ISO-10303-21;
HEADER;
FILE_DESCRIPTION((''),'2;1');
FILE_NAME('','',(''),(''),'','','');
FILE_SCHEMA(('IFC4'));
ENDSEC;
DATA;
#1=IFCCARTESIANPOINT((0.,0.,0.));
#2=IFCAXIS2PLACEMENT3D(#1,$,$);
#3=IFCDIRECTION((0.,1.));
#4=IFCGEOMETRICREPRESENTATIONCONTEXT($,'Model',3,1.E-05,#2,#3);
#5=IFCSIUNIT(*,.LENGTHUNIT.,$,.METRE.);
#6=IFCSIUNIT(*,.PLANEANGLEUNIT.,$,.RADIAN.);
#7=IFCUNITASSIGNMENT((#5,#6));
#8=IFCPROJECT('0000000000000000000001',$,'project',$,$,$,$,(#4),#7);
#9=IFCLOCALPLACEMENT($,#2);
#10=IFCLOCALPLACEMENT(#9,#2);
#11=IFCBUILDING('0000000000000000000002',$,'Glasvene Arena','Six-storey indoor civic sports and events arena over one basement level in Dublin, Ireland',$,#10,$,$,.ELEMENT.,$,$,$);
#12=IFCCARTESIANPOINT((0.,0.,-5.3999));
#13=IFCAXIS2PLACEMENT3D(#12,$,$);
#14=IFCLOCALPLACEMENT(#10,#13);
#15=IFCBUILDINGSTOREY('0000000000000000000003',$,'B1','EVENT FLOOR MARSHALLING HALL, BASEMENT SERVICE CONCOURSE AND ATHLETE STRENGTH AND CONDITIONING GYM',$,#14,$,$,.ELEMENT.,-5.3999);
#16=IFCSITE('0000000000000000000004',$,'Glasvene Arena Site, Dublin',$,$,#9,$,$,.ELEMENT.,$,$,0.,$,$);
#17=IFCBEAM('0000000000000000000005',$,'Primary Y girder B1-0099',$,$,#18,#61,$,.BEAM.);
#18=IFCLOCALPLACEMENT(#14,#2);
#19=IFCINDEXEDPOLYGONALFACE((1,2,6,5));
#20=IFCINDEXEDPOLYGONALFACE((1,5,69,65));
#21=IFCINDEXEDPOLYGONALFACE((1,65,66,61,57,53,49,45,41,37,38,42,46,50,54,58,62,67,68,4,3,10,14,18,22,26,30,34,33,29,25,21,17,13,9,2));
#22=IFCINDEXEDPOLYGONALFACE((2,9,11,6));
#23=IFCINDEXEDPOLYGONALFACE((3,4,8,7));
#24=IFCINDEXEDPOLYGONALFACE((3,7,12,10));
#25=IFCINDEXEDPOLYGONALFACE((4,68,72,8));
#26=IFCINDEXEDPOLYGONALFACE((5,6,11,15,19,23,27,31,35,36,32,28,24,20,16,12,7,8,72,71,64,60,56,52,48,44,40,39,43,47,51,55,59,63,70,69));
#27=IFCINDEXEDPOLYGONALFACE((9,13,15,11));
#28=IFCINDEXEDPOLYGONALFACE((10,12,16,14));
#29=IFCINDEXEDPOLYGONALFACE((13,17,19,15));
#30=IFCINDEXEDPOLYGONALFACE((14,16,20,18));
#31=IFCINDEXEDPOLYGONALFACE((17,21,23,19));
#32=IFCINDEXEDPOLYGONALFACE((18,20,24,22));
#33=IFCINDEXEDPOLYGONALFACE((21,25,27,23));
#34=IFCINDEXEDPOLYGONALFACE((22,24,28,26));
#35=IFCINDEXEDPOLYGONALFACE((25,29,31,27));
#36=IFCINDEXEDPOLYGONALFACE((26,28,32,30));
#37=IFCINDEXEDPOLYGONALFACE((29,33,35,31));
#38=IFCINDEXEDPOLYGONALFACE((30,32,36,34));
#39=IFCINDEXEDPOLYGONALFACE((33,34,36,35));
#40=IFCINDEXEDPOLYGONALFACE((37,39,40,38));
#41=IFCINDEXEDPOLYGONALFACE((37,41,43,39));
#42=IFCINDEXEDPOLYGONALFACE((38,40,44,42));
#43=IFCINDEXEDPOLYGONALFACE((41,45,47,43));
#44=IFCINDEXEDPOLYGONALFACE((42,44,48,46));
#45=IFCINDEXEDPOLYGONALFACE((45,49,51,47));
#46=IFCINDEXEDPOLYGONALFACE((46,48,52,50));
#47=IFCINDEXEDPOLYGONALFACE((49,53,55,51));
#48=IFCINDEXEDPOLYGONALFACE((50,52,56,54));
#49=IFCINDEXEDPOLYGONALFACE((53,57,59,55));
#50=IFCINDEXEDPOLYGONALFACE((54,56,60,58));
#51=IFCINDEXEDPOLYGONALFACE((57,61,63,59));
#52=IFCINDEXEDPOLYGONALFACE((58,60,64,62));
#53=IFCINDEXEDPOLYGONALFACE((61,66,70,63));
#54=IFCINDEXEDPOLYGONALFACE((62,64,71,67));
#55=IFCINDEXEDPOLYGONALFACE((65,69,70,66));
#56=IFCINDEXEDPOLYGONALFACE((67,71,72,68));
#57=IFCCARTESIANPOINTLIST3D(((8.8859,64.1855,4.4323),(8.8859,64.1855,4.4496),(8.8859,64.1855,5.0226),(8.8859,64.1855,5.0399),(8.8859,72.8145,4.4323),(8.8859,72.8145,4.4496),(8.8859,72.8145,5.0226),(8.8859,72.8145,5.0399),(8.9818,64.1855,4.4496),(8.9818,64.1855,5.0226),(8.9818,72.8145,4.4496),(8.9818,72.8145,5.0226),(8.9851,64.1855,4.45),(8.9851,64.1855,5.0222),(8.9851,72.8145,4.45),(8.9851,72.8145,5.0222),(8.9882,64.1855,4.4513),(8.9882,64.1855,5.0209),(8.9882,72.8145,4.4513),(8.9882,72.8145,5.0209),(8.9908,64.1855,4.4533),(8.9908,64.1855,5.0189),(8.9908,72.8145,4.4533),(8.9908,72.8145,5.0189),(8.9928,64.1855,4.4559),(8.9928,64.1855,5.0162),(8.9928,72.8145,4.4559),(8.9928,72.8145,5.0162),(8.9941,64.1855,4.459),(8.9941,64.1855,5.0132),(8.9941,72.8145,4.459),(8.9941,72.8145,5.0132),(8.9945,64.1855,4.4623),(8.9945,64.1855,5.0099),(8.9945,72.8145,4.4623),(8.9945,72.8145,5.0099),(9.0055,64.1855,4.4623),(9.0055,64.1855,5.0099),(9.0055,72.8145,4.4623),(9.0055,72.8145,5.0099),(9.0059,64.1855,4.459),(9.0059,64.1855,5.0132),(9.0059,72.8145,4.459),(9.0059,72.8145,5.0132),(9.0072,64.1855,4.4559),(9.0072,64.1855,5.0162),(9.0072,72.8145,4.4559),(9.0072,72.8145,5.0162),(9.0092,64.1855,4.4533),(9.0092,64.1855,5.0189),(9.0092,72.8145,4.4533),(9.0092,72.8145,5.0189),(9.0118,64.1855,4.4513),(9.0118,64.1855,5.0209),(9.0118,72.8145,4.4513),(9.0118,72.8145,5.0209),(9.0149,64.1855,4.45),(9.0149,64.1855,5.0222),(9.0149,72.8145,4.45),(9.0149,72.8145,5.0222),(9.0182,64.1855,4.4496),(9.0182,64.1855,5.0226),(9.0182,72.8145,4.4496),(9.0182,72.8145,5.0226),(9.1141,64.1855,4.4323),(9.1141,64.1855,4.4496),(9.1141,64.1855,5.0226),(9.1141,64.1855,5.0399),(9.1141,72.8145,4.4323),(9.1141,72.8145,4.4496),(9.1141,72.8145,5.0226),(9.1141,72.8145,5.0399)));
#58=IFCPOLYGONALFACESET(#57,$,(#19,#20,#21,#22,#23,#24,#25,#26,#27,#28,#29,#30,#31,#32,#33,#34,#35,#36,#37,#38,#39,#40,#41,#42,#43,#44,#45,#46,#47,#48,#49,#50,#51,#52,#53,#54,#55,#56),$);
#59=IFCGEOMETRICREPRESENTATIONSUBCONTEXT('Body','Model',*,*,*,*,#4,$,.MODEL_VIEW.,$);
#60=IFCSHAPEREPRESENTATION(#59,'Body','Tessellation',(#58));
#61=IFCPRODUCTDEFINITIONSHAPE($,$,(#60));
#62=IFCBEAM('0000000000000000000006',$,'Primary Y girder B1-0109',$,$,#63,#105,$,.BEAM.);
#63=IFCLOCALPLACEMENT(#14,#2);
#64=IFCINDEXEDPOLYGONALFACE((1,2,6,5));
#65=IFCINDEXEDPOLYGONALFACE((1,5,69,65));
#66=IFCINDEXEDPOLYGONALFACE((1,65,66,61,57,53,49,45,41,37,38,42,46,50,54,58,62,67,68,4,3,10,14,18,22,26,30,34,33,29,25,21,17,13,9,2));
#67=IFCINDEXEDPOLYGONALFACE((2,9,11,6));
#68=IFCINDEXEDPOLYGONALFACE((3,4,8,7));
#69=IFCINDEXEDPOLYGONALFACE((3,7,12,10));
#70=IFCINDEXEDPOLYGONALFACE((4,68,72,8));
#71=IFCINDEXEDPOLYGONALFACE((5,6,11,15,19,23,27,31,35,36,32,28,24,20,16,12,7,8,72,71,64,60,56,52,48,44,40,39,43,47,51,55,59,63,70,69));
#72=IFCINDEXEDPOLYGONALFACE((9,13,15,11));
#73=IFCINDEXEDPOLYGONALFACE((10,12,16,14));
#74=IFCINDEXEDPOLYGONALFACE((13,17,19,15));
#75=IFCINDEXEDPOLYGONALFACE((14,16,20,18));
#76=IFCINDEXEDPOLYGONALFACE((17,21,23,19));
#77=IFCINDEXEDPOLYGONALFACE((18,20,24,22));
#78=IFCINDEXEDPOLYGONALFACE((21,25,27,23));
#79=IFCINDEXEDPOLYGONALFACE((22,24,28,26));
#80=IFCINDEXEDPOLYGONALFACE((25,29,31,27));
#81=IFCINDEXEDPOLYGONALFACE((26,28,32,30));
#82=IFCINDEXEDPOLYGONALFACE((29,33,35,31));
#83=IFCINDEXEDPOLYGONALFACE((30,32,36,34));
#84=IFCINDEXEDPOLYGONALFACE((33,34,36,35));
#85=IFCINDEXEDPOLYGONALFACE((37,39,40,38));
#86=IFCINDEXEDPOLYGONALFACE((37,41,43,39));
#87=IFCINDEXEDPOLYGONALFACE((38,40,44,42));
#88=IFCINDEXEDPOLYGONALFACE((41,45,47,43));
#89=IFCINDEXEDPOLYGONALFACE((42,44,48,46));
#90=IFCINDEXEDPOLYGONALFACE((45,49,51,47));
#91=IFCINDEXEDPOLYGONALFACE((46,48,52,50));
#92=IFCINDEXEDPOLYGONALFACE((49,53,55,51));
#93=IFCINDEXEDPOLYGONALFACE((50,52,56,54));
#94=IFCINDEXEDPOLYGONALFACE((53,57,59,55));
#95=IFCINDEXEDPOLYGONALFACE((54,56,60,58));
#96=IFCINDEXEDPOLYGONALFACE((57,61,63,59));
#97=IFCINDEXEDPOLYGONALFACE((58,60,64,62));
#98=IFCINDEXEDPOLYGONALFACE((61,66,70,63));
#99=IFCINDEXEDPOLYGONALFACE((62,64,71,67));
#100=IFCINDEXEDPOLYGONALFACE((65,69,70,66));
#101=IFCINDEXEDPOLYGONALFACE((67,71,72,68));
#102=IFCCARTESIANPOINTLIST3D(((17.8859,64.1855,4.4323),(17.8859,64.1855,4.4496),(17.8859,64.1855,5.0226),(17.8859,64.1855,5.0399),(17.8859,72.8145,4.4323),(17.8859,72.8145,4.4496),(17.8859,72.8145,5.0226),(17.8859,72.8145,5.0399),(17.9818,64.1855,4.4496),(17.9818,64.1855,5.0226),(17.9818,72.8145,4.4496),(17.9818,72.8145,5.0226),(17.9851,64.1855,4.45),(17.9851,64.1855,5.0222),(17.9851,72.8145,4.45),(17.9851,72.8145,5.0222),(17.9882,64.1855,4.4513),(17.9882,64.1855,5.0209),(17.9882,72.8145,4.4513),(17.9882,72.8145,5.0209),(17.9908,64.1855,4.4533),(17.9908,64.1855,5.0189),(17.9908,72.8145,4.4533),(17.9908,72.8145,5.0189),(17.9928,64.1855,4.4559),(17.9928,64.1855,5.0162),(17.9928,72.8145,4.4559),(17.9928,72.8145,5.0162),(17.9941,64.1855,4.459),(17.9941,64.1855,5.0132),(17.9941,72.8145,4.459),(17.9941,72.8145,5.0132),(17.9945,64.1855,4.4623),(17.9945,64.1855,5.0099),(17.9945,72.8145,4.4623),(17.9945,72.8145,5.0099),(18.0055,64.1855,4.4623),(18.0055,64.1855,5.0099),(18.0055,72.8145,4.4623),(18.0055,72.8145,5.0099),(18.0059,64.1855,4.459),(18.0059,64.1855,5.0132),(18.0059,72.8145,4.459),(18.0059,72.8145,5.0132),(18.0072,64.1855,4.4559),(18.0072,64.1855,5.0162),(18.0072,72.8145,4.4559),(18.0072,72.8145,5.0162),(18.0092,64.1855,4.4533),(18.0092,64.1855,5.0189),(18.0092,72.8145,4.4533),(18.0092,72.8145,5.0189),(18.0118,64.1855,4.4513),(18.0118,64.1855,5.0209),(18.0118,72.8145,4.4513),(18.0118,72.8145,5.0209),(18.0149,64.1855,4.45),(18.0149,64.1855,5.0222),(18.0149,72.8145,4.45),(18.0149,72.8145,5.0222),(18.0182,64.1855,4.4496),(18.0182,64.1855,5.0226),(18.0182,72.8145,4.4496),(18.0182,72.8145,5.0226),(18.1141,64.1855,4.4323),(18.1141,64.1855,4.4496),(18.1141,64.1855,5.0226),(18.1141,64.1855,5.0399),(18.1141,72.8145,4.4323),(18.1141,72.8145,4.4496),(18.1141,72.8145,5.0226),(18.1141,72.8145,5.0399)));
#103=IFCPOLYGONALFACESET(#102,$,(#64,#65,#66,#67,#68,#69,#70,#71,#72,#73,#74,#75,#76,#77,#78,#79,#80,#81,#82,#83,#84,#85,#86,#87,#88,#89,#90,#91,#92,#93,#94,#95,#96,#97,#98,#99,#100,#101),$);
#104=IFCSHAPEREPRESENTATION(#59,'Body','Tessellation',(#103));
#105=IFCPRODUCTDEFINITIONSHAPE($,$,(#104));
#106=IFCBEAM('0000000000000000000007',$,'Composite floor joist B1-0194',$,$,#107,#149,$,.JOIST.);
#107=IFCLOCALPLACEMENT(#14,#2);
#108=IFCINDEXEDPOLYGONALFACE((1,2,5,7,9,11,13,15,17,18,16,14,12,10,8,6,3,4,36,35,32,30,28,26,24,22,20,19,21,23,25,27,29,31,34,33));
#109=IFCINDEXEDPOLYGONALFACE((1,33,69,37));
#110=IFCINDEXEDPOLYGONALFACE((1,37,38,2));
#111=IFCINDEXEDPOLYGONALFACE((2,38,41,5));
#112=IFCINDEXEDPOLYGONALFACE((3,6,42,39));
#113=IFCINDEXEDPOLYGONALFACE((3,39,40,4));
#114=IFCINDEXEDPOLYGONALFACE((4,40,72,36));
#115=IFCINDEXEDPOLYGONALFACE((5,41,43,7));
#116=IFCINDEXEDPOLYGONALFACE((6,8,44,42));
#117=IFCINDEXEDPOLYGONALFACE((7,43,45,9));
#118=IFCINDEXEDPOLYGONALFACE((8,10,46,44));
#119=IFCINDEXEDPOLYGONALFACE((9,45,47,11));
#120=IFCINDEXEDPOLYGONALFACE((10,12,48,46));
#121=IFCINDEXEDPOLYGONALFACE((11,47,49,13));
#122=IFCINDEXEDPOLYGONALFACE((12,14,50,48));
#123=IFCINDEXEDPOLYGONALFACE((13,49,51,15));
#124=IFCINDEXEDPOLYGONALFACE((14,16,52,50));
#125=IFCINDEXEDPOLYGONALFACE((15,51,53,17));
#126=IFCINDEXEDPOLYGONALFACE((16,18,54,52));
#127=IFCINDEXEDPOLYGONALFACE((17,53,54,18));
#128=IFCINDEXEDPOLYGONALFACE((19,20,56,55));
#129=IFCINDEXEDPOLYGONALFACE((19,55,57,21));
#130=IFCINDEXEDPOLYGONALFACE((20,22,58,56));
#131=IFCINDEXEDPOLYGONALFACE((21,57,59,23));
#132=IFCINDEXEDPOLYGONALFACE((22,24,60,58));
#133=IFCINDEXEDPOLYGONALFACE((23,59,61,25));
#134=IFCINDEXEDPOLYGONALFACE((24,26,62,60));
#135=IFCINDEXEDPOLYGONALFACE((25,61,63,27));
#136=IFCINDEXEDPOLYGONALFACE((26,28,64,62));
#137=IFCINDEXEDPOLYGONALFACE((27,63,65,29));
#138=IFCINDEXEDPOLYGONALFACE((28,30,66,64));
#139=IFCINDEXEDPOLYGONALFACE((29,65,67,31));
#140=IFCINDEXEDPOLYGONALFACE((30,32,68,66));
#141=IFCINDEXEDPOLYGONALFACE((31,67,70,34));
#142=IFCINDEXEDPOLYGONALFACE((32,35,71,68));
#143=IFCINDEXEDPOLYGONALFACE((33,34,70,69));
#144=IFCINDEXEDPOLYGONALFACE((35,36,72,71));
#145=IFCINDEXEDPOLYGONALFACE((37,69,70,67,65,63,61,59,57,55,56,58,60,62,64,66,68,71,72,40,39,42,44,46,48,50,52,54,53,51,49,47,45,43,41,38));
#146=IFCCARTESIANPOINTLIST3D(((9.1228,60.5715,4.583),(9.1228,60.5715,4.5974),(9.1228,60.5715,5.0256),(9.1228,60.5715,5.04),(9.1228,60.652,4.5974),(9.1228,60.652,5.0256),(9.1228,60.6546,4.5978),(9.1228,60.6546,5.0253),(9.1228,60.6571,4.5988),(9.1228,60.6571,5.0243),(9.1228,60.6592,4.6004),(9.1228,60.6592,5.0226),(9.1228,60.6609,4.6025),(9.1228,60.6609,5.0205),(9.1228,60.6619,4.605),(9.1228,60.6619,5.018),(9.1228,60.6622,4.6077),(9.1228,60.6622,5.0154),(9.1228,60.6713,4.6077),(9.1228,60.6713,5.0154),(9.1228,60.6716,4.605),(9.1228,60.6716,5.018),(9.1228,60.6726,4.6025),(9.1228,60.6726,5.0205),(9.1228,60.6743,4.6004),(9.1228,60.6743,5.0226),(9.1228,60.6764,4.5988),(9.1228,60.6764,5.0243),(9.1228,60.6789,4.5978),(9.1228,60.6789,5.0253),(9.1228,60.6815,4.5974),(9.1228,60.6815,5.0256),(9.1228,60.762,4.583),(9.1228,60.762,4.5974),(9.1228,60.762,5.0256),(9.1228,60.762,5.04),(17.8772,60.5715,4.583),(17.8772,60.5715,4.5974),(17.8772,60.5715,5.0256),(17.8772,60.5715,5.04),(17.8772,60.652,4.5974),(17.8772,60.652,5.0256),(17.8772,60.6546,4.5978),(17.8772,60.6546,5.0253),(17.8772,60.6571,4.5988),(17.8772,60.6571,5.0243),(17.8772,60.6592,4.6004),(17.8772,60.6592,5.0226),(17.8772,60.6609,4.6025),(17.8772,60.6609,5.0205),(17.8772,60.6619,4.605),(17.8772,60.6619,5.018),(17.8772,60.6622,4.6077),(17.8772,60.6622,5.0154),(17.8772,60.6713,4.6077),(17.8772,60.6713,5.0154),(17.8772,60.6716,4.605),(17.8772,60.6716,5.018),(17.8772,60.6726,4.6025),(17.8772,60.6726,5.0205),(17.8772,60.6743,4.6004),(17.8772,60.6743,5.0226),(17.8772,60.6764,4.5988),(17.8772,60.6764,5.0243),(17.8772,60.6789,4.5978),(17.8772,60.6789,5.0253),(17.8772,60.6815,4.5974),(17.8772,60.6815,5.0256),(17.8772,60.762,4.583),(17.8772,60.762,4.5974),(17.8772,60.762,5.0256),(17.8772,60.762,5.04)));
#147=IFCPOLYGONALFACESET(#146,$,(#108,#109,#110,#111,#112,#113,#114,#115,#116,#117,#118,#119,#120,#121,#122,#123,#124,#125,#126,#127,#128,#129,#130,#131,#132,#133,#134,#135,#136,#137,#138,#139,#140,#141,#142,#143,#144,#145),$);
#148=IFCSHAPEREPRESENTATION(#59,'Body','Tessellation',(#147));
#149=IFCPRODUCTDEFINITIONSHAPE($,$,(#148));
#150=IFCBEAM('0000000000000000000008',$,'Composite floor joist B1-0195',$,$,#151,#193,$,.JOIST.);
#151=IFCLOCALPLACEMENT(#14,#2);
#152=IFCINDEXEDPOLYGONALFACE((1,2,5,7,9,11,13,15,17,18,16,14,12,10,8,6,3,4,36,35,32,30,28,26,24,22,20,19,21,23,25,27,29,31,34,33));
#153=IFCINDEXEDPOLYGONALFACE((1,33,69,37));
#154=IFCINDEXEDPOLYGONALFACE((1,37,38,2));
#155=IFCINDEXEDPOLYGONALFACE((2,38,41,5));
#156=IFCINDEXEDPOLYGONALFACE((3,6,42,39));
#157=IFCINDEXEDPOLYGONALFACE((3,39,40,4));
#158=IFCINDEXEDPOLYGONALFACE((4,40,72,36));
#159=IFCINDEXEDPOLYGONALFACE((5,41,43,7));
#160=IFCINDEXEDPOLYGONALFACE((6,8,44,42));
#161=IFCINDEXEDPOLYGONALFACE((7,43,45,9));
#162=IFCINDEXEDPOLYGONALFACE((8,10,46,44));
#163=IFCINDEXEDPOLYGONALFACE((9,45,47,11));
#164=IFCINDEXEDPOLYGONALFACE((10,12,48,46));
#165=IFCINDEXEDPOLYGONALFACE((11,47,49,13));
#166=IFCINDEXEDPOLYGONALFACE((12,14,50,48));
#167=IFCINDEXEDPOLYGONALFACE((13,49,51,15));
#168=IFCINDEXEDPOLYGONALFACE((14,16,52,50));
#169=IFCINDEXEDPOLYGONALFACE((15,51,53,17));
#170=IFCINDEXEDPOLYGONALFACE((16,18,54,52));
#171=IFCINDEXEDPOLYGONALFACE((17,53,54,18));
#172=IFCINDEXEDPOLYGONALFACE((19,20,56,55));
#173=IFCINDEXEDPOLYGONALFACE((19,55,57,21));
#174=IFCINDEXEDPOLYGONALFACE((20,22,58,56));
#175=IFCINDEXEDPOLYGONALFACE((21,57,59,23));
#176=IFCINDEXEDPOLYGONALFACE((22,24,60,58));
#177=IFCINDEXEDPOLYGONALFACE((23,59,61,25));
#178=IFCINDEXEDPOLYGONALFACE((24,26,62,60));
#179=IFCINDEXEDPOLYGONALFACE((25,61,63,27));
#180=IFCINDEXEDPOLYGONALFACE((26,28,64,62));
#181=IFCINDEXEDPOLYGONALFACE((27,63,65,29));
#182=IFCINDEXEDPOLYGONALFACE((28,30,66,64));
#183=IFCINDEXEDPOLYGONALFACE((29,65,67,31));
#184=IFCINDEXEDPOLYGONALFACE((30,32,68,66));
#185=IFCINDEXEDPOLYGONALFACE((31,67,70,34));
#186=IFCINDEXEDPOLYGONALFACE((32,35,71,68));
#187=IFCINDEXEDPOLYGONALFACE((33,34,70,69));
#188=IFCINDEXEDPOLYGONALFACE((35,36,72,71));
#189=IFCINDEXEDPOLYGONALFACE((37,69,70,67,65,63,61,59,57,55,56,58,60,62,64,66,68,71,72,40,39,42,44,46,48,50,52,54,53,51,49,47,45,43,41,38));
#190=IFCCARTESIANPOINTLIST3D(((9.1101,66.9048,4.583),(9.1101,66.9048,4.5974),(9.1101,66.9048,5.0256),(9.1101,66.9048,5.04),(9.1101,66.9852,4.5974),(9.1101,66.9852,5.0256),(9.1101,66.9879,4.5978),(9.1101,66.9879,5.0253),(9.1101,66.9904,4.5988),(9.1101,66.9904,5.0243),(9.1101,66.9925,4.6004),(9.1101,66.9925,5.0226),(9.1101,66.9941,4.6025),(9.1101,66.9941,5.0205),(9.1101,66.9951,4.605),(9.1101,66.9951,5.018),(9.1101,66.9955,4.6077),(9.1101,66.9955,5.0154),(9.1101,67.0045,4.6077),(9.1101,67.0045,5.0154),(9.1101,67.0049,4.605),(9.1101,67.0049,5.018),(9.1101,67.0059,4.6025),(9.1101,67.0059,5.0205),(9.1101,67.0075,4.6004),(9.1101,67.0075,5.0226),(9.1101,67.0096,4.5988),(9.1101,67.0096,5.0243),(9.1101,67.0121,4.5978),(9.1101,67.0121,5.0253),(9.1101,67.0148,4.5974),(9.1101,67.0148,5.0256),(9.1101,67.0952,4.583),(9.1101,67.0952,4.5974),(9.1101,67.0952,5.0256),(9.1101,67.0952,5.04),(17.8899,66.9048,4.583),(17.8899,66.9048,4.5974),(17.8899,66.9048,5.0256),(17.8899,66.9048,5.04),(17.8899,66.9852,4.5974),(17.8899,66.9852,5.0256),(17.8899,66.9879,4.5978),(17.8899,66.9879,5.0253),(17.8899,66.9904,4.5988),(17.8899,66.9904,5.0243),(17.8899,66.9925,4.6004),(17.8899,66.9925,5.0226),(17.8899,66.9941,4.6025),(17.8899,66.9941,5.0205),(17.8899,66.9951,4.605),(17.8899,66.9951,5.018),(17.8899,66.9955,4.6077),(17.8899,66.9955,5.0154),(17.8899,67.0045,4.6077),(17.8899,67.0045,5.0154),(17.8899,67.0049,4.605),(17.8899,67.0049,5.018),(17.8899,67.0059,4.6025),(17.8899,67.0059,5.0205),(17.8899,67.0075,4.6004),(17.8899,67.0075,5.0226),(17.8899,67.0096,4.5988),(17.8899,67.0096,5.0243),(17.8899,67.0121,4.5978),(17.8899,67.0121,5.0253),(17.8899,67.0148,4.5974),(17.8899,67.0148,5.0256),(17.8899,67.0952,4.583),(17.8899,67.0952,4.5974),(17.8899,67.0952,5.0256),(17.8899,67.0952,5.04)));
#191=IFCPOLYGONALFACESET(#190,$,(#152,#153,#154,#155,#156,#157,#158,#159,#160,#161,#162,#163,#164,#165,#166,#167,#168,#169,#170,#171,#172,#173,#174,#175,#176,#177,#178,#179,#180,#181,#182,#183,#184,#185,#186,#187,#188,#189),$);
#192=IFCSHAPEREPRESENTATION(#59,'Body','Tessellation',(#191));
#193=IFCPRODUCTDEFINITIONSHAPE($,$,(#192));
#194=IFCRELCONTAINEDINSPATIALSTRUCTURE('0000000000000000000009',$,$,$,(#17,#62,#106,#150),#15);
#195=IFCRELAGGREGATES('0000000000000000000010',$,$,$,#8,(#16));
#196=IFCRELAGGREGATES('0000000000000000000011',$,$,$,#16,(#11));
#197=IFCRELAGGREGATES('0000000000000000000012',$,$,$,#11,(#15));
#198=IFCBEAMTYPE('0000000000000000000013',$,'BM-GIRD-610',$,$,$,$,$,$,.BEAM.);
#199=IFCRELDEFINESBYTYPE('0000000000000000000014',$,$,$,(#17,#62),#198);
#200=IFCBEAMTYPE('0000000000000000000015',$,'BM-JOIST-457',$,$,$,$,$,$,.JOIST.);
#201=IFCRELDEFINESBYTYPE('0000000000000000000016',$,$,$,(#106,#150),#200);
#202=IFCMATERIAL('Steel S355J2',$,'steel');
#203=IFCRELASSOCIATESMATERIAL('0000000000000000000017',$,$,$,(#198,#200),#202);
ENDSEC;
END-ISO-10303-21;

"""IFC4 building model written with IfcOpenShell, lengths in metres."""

from ifc_helpers import new_model, si_unit, direction, frame, origin, origin_2d, place, context, subcontext, project, spatial, i_section, extrude, material, material_profile, profile_set, type_object, element, save


model = new_model("IFC4")

# Units and contexts
model_context = context("Model", 3, precision=1e-05, world=origin(), true_north=direction((0.0, 1.0)))
body_context = subcontext(model_context, "Body", "Model", "MODEL_VIEW")
ifc_project = project(units=[si_unit("LENGTHUNIT", "METRE"), si_unit("PLANEANGLEUNIT", "RADIAN")], contexts=[model_context])

# Site, building, storey
site_placement = place(None, origin())
site = spatial("IfcSite", under=ifc_project, at=site_placement, Name="Glasvene Arena Site, Dublin", CompositionType="ELEMENT", RefElevation=0.0)
building_placement = place(site_placement, origin())
building = spatial("IfcBuilding", under=site, at=building_placement, Name="Glasvene Arena", Description="Six-storey indoor civic sports and events arena over one basement level in Dublin, Ireland", CompositionType="ELEMENT")
storey_placement = place(building_placement, frame((0.0, 0.0, -5.3999)))
storey = spatial("IfcBuildingStorey", under=building, at=storey_placement, Name="B1", Description="EVENT FLOOR MARSHALLING HALL, BASEMENT SERVICE CONCOURSE AND ATHLETE STRENGTH AND CONDITIONING GYM", CompositionType="ELEMENT", Elevation=-5.3999)

# Shared definitions
ifc_material_1 = material(Name="Steel S355J2", Category="steel")

# Beams
ifc_material_profile_1 = material_profile(ifc_material_1, i_section(OverallWidth=0.2283, OverallDepth=0.6077, WebThickness=0.011, FlangeThickness=0.0173, FilletRadius=0.0127, at=origin_2d()), Name="UKB 610x229x113")
ifc_profile_set_1 = profile_set([ifc_material_profile_1], Name="Steel S355J2")
beam_type_1 = type_object("IfcBeamType", Name="BM-GIRD-610", PredefinedType="BEAM", material=ifc_profile_set_1)
for number, where, z_axis, x_axis, name in (
    (1, (9.0, 64.1855, 4.7361), (0.0, 1.0, 0.0), (-1.0, 0.0, 0.0), "Primary Y girder B1-0099"),
    (2, (18.0, 64.1855, 4.7361), (0.0, 1.0, 0.0), (-1.0, 0.0, 0.0), "Primary Y girder B1-0109"),
):
    element("IfcBeam", number, at=place(storey_placement, frame(where, z_axis=z_axis, x_axis=x_axis)), inside=storey, type_object=beam_type_1, Name=name, PredefinedType="BEAM", context=body_context, shape_type="SweptSolid", body=[
        extrude(i_section(OverallWidth=0.2283, OverallDepth=0.6077, WebThickness=0.011, FlangeThickness=0.0173, FilletRadius=0.0127, at=origin_2d()), origin(), (0.0, 0.0, 1.0), 8.6289),
    ])
ifc_material_profile_2 = material_profile(ifc_material_1, i_section(OverallWidth=0.1904, OverallDepth=0.457, WebThickness=0.009, FlangeThickness=0.0144, FilletRadius=0.0103, at=origin_2d()), Name="UKB 457x191x74")
ifc_profile_set_2 = profile_set([ifc_material_profile_2], Name="Steel S355J2")
beam_type_2 = type_object("IfcBeamType", Name="BM-JOIST-457", PredefinedType="JOIST", material=ifc_profile_set_2)
beam_placement = place(storey_placement, frame((9.1228, 60.6667, 4.8115), z_axis=(1.0, 0.0, 0.0), x_axis=(0.0, 1.0, 0.0)))
element("IfcBeam", 3, at=beam_placement, inside=storey, type_object=beam_type_2, Name="Composite floor joist B1-0194", PredefinedType="JOIST", context=body_context, shape_type="SweptSolid", body=[
    extrude(i_section(OverallWidth=0.1904, OverallDepth=0.457, WebThickness=0.009, FlangeThickness=0.0144, FilletRadius=0.0103, at=origin_2d()), origin(), (0.0, 0.0, 1.0), 8.7544),
])
for number, where, z_axis, x_axis, name in (
    (4, (9.1101, 67.0, 4.8115), (1.0, 0.0, 0.0), (0.0, 1.0, 0.0), "Composite floor joist B1-0195"),
):
    element("IfcBeam", number, at=place(storey_placement, frame(where, z_axis=z_axis, x_axis=x_axis)), inside=storey, type_object=beam_type_2, Name=name, PredefinedType="JOIST", context=body_context, shape_type="SweptSolid", body=[
        extrude(i_section(OverallWidth=0.1904, OverallDepth=0.457, WebThickness=0.009, FlangeThickness=0.0144, FilletRadius=0.0103, at=origin_2d()), origin(), (0.0, 0.0, 1.0), 8.7798),
    ])

save(model, "model.ifc")
